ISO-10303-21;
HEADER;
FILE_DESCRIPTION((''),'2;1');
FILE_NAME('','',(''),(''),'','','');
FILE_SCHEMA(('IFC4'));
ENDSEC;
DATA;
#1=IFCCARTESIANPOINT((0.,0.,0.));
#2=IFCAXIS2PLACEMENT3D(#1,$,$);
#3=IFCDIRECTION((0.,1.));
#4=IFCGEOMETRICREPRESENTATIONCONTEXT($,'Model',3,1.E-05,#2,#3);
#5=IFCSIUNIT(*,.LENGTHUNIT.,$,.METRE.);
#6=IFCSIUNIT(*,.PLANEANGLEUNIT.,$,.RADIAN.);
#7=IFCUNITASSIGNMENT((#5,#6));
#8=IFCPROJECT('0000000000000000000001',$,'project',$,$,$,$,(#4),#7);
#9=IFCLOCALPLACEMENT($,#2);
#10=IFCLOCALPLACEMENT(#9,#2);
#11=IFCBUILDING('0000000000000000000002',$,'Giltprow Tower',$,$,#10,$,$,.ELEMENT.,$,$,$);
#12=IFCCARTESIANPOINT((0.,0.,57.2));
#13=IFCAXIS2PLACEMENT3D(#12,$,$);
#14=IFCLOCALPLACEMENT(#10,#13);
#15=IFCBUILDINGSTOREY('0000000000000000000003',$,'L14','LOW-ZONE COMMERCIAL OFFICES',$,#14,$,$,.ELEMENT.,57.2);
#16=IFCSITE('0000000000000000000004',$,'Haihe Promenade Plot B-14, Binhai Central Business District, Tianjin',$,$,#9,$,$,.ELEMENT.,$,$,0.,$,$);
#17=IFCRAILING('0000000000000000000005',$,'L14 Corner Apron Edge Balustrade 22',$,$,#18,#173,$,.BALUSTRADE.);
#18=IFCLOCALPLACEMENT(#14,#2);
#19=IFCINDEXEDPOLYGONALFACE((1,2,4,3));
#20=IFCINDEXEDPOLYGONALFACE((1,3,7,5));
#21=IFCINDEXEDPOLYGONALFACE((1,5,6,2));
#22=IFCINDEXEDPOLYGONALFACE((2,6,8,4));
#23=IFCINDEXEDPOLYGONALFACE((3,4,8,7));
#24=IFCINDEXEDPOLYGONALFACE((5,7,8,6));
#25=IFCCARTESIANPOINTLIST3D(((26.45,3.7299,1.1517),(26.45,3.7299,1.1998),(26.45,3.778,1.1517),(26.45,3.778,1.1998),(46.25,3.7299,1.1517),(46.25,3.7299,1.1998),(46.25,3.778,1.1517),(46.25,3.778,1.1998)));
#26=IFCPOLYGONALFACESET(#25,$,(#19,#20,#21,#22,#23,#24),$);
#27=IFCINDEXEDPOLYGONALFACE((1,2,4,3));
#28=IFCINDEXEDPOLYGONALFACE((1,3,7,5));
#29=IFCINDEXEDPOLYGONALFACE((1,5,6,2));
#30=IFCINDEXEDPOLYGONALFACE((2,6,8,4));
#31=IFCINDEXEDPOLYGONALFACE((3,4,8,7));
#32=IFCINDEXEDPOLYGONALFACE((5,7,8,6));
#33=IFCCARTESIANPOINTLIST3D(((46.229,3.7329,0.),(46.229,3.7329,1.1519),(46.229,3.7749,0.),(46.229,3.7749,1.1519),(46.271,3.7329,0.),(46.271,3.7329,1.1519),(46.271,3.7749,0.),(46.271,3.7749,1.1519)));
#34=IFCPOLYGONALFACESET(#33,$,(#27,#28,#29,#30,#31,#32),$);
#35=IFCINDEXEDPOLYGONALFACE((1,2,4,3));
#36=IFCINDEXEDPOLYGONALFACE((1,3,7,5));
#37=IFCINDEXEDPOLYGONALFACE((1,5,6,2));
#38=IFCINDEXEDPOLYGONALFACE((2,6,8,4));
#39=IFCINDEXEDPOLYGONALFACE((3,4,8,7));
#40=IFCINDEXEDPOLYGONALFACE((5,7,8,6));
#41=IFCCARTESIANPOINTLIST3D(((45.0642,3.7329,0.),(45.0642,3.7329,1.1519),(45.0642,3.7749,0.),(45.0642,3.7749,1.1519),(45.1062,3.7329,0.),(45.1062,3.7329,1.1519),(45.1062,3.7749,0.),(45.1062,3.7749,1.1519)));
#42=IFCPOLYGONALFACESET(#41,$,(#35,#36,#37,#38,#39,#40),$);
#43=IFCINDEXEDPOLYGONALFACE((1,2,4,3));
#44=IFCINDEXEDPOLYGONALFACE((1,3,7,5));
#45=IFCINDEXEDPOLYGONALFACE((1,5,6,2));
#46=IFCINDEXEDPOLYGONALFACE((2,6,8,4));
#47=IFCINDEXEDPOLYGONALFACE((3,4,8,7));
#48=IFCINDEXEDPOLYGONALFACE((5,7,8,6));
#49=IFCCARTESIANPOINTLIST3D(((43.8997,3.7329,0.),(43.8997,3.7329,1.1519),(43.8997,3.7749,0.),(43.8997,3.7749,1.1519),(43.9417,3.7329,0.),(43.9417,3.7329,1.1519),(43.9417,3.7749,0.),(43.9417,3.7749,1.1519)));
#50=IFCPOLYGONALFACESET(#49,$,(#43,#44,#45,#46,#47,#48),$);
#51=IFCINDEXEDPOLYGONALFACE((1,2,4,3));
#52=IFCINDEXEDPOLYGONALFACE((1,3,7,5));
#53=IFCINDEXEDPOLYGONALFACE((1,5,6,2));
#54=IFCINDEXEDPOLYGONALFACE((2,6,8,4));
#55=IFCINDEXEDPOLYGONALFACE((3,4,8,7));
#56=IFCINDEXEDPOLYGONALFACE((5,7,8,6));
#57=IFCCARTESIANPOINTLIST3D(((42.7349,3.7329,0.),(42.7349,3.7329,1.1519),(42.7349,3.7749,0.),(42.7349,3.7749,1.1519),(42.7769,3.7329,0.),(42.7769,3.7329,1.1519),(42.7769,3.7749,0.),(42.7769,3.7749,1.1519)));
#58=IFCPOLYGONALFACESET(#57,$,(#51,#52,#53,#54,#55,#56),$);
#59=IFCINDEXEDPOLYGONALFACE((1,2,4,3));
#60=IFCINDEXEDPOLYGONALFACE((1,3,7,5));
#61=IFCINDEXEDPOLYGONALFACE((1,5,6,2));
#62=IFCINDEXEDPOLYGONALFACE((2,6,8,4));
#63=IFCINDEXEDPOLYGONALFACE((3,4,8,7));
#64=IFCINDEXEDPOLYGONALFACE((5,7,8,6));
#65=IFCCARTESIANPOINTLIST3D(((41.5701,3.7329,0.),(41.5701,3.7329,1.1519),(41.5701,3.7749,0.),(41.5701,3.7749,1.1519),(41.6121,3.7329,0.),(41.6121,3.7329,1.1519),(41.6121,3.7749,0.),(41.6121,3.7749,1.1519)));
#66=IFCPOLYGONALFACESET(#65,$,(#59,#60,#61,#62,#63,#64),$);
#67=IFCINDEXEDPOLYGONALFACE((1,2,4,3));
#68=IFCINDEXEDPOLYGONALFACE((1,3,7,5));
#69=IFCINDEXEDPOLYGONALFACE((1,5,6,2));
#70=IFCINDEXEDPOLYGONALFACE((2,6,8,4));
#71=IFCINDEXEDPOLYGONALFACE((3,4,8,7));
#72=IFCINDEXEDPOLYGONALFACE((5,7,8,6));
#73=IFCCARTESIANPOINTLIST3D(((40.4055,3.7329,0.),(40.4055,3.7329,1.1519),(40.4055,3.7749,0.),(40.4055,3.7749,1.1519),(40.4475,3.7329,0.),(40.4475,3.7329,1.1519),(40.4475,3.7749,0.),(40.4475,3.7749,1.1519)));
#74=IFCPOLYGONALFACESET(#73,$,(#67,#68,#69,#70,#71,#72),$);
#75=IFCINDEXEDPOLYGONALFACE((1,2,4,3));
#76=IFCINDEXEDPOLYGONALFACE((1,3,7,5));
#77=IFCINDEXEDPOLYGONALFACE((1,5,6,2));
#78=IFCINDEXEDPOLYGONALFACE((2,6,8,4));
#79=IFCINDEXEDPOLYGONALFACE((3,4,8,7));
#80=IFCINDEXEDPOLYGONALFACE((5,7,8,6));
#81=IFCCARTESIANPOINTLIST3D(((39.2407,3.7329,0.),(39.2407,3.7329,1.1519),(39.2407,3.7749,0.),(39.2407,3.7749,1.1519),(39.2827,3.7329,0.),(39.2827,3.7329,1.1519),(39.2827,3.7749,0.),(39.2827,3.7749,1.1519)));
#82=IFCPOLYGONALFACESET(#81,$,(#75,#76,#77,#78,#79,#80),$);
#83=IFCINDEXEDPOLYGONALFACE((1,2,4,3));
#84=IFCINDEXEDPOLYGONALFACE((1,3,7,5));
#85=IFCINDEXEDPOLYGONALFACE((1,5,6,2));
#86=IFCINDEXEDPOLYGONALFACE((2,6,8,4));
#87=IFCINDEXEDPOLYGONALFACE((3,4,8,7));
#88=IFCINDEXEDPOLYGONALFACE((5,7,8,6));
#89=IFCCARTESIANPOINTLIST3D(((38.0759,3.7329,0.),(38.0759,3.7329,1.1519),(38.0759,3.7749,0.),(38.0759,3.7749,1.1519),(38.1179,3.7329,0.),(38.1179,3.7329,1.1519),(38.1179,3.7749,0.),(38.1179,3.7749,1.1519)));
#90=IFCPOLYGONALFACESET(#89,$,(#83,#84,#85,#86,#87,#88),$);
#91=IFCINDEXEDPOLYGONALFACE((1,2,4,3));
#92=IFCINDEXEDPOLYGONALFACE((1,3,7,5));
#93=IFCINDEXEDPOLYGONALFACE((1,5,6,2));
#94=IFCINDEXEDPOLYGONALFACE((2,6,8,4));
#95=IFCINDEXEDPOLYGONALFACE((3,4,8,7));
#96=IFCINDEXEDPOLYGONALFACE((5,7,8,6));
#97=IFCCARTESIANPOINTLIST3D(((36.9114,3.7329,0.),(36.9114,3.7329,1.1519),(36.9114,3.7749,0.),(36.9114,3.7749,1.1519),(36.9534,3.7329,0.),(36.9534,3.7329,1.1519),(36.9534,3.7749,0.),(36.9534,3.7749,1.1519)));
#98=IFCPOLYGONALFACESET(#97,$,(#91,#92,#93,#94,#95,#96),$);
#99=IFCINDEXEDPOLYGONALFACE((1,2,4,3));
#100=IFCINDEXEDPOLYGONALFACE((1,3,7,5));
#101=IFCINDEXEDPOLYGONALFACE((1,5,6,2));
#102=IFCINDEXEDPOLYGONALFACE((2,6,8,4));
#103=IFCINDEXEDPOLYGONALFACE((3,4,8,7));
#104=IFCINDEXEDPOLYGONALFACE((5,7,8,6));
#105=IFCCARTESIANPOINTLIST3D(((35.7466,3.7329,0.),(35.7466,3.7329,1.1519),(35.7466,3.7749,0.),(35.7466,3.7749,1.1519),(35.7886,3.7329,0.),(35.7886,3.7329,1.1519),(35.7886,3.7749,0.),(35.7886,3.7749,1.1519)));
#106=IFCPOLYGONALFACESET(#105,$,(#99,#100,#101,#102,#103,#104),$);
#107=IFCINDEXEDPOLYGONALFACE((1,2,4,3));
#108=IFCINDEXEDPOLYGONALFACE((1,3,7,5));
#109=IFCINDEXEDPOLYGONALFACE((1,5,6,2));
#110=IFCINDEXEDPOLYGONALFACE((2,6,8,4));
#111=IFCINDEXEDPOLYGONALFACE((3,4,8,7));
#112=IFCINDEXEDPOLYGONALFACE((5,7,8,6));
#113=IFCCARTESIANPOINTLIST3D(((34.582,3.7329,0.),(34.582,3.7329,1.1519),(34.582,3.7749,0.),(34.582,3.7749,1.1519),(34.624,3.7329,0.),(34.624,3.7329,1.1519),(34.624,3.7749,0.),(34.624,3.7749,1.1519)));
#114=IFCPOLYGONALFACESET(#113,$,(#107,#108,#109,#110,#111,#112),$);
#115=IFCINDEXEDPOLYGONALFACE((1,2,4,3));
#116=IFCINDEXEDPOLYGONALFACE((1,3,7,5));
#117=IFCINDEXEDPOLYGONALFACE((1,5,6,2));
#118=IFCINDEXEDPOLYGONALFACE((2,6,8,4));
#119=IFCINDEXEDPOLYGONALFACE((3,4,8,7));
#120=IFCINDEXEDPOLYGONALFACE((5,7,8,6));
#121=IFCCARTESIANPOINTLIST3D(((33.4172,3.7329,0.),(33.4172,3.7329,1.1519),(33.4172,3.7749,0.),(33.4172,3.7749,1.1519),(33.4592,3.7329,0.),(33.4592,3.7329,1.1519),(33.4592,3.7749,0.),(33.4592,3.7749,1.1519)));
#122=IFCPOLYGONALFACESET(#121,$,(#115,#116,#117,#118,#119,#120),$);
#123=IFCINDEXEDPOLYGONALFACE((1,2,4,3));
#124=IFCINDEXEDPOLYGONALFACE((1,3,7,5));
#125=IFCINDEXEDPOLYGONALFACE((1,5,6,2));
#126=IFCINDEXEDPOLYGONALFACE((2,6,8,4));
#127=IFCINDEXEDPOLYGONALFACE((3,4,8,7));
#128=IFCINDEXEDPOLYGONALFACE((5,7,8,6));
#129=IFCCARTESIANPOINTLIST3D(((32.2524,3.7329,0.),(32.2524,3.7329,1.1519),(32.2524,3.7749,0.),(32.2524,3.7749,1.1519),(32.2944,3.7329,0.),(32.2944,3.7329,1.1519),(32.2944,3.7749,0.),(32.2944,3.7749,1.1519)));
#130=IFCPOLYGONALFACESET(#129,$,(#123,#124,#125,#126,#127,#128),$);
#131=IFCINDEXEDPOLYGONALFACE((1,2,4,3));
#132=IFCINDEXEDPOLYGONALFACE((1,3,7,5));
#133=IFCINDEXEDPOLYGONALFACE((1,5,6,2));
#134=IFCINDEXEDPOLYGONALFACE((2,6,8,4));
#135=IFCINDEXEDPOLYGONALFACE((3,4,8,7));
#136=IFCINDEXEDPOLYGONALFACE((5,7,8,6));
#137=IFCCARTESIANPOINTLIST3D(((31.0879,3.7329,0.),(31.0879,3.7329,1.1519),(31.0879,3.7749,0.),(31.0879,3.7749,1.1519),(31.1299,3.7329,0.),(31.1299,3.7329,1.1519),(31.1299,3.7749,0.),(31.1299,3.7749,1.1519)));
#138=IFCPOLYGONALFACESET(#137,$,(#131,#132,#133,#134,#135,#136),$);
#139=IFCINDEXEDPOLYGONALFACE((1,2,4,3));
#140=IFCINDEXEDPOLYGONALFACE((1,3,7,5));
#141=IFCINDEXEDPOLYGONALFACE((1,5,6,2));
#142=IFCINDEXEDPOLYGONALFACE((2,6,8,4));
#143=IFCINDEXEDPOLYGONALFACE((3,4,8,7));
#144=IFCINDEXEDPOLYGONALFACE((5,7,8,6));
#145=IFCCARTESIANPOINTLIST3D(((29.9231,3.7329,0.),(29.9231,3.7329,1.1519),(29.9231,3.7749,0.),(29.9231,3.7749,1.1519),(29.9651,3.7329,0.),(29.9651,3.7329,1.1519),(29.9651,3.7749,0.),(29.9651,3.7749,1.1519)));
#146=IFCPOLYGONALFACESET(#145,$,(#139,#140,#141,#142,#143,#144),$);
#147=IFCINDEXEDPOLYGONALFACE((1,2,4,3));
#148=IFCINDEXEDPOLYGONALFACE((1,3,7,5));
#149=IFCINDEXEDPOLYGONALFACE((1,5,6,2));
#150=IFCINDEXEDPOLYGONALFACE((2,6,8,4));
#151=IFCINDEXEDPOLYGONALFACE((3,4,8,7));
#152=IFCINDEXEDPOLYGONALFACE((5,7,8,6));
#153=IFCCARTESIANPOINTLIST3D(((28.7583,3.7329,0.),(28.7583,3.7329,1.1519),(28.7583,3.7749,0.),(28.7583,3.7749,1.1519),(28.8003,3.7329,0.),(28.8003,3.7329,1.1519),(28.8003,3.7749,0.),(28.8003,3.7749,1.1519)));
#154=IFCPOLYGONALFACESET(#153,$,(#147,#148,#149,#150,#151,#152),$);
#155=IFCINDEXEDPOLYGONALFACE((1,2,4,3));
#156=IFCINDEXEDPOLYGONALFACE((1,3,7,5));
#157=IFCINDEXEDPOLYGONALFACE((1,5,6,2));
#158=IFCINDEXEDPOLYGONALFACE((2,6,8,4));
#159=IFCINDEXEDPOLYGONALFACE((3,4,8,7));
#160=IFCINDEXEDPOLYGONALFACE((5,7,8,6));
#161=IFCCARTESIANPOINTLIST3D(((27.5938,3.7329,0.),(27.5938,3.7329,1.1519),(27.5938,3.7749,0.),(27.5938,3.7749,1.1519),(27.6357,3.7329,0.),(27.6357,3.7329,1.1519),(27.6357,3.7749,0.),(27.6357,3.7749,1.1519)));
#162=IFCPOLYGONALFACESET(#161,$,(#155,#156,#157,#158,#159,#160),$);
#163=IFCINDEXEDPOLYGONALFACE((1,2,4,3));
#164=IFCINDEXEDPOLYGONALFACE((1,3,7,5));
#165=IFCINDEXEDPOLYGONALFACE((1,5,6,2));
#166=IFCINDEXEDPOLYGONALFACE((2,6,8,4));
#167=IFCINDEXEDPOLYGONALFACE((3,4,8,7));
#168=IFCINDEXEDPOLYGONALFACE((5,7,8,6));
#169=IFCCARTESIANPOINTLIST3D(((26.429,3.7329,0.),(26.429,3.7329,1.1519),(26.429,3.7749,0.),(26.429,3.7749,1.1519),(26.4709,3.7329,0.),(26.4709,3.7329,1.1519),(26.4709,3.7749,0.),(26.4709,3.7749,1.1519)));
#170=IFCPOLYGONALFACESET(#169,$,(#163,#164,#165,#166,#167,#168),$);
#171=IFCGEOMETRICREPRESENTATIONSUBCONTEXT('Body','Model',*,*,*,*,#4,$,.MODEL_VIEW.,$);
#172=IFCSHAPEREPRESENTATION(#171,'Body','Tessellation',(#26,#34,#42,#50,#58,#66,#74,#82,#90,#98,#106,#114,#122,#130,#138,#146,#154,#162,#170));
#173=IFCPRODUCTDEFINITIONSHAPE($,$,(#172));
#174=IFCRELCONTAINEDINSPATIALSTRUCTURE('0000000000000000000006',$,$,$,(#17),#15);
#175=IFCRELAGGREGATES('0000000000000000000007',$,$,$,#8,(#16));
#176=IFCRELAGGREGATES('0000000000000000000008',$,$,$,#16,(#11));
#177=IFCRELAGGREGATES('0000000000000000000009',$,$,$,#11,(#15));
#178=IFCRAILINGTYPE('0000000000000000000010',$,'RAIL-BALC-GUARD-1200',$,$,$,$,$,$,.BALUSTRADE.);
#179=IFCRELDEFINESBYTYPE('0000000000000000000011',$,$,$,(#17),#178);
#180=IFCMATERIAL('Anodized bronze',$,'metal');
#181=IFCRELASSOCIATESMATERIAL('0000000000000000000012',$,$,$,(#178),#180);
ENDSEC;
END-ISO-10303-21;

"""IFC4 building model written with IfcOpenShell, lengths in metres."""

from ifc_helpers import new_model, si_unit, direction, frame, origin, origin_2d, place, context, subcontext, project, spatial, rectangle, extrude, material, type_object, element, save


model = new_model("IFC4")

# Units and contexts
model_context = context("Model", 3, precision=1e-05, world=origin(), true_north=direction((0.0, 1.0)))
body_context = subcontext(model_context, "Body", "Model", "MODEL_VIEW")
ifc_project = project(units=[si_unit("LENGTHUNIT", "METRE"), si_unit("PLANEANGLEUNIT", "RADIAN")], contexts=[model_context])

# Site, building, storey
site_placement = place(None, origin())
site = spatial("IfcSite", under=ifc_project, at=site_placement, Name="Haihe Promenade Plot B-14, Binhai Central Business District, Tianjin", CompositionType="ELEMENT", RefElevation=0.0)
building_placement = place(site_placement, origin())
building = spatial("IfcBuilding", under=site, at=building_placement, Name="Giltprow Tower", CompositionType="ELEMENT")
storey_placement = place(building_placement, frame((0.0, 0.0, 57.2)))
storey = spatial("IfcBuildingStorey", under=building, at=storey_placement, Name="L14", Description="LOW-ZONE COMMERCIAL OFFICES", CompositionType="ELEMENT", Elevation=57.2)

# Shared definitions
ifc_material_1 = material(Name="Anodized bronze", Category="metal")

# Railing
railing_type = type_object("IfcRailingType", Name="RAIL-BALC-GUARD-1200", PredefinedType="BALUSTRADE", material=ifc_material_1)
railing_1_placement = place(storey_placement, frame((46.25, 3.7539, 0.0)))
element("IfcRailing", 1, at=railing_1_placement, inside=storey, type_object=railing_type, Name="L14 Corner Apron Edge Balustrade 22", PredefinedType="BALUSTRADE", context=body_context, shape_type="SweptSolid", body=[
    extrude(rectangle(XDim=0.0481, YDim=0.0481, at=origin_2d()), frame((0.0, 0.0, 1.1758), z_axis=(-1.0, 0.0, 0.0), x_axis=(0.0, -1.0, 0.0)), (0.0, 0.0, 1.0), 19.8),
    extrude(rectangle(XDim=0.042, YDim=0.042, at=origin_2d()), origin(), (0.0, 0.0, 1.0), 1.1519),
    extrude(rectangle(XDim=0.042, YDim=0.042, at=origin_2d()), frame((-1.1648, 0.0, 0.0)), (0.0, 0.0, 1.0), 1.1519),
    extrude(rectangle(XDim=0.042, YDim=0.042, at=origin_2d()), frame((-2.3293, 0.0, 0.0)), (0.0, 0.0, 1.0), 1.1519),
    extrude(rectangle(XDim=0.042, YDim=0.042, at=origin_2d()), frame((-3.4941, 0.0, 0.0)), (0.0, 0.0, 1.0), 1.1519),
    extrude(rectangle(XDim=0.042, YDim=0.042, at=origin_2d()), frame((-4.6589, 0.0, 0.0)), (0.0, 0.0, 1.0), 1.1519),
    extrude(rectangle(XDim=0.042, YDim=0.042, at=origin_2d()), frame((-5.8235, 0.0, 0.0)), (0.0, 0.0, 1.0), 1.1519),
    extrude(rectangle(XDim=0.042, YDim=0.042, at=origin_2d()), frame((-6.9883, 0.0, 0.0)), (0.0, 0.0, 1.0), 1.1519),
    extrude(rectangle(XDim=0.042, YDim=0.042, at=origin_2d()), frame((-8.1531, 0.0, 0.0)), (0.0, 0.0, 1.0), 1.1519),
    extrude(rectangle(XDim=0.042, YDim=0.042, at=origin_2d()), frame((-9.3176, 0.0, 0.0)), (0.0, 0.0, 1.0), 1.1519),
    extrude(rectangle(XDim=0.042, YDim=0.042, at=origin_2d()), frame((-10.4824, 0.0, 0.0)), (0.0, 0.0, 1.0), 1.1519),
    extrude(rectangle(XDim=0.042, YDim=0.042, at=origin_2d()), frame((-11.647, 0.0, 0.0)), (0.0, 0.0, 1.0), 1.1519),
    extrude(rectangle(XDim=0.042, YDim=0.042, at=origin_2d()), frame((-12.8118, 0.0, 0.0)), (0.0, 0.0, 1.0), 1.1519),
    extrude(rectangle(XDim=0.042, YDim=0.042, at=origin_2d()), frame((-13.9766, 0.0, 0.0)), (0.0, 0.0, 1.0), 1.1519),
    extrude(rectangle(XDim=0.042, YDim=0.042, at=origin_2d()), frame((-15.1411, 0.0, 0.0)), (0.0, 0.0, 1.0), 1.1519),
    extrude(rectangle(XDim=0.042, YDim=0.042, at=origin_2d()), frame((-16.3059, 0.0, 0.0)), (0.0, 0.0, 1.0), 1.1519),
    extrude(rectangle(XDim=0.042, YDim=0.042, at=origin_2d()), frame((-17.4707, 0.0, 0.0)), (0.0, 0.0, 1.0), 1.1519),
    extrude(rectangle(XDim=0.042, YDim=0.042, at=origin_2d()), frame((-18.6353, 0.0, 0.0)), (0.0, 0.0, 1.0), 1.1519),
    extrude(rectangle(XDim=0.042, YDim=0.042, at=origin_2d()), frame((-19.8, 0.0, 0.0)), (0.0, 0.0, 1.0), 1.1519),
])

save(model, "model.ifc")
